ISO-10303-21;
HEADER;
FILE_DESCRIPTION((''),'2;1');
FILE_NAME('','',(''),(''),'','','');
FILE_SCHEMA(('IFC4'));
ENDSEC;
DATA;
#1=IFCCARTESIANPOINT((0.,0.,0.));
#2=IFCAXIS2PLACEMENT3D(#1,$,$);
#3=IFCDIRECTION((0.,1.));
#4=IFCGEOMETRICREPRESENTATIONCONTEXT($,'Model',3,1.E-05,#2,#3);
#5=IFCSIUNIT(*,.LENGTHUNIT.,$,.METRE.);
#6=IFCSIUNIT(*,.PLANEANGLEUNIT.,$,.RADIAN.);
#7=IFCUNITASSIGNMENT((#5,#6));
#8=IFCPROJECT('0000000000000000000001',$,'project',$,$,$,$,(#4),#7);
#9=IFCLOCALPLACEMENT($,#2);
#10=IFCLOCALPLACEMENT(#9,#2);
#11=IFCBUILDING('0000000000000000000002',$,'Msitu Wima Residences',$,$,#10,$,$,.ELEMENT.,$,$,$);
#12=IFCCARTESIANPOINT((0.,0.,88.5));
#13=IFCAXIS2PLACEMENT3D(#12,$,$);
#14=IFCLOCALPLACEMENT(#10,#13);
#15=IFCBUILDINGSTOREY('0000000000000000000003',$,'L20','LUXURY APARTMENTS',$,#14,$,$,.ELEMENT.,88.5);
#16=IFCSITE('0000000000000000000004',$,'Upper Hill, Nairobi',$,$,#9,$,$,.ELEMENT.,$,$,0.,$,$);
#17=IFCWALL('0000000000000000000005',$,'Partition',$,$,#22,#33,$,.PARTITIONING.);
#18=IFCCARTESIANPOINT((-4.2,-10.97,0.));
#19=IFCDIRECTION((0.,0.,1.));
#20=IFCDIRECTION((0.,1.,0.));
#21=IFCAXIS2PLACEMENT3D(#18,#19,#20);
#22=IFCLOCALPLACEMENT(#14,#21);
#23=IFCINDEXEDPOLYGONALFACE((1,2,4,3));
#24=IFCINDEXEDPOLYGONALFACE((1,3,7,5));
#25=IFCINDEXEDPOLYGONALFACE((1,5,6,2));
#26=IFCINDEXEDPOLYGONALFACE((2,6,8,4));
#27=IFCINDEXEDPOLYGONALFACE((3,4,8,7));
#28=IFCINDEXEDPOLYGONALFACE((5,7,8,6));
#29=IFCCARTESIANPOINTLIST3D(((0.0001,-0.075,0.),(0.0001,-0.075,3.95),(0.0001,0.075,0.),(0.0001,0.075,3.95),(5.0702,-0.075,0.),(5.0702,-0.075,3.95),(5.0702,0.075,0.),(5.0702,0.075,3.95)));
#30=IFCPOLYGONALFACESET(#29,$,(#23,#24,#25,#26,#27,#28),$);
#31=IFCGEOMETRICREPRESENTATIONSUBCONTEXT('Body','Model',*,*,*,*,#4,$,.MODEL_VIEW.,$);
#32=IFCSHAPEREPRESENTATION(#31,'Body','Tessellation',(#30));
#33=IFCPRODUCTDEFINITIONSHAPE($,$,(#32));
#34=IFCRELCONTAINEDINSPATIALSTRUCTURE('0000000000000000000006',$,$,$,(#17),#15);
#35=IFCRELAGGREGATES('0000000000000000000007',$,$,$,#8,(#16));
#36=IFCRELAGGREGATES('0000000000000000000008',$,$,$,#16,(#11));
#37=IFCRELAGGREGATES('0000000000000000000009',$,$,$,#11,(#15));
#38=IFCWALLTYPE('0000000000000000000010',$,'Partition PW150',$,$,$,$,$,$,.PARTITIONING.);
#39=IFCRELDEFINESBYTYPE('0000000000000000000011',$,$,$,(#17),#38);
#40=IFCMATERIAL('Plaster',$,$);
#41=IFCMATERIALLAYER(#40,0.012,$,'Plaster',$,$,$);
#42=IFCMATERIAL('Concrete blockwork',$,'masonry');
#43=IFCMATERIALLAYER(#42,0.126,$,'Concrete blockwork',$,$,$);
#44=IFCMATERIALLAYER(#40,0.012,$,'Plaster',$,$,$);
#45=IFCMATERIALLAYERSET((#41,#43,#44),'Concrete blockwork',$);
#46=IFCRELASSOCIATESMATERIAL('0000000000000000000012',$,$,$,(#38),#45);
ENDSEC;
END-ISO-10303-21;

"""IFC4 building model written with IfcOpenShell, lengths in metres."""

from ifc_helpers import new_model, si_unit, direction, frame, frame_2d, origin, place, context, subcontext, project, spatial, rectangle, extrude, material, layer, layer_set, type_object, element, save


model = new_model("IFC4")

# Units and contexts
model_context = context("Model", 3, precision=1e-05, world=origin(), true_north=direction((0.0, 1.0)))
body_context = subcontext(model_context, "Body", "Model", "MODEL_VIEW")
ifc_project = project(units=[si_unit("LENGTHUNIT", "METRE"), si_unit("PLANEANGLEUNIT", "RADIAN")], contexts=[model_context])

# Site, building, storey
site_placement = place(None, origin())
site = spatial("IfcSite", under=ifc_project, at=site_placement, Name="Upper Hill, Nairobi", CompositionType="ELEMENT", RefElevation=0.0)
building_placement = place(site_placement, origin())
building = spatial("IfcBuilding", under=site, at=building_placement, Name="Msitu Wima Residences", CompositionType="ELEMENT")
storey_placement = place(building_placement, frame((0.0, 0.0, 88.5)))
storey = spatial("IfcBuildingStorey", under=building, at=storey_placement, Name="L20", Description="LUXURY APARTMENTS", CompositionType="ELEMENT", Elevation=88.5)

# Wall
ifc_material_1 = material(Name="Plaster")
ifc_layer_1 = layer(ifc_material_1, 0.012, Name="Plaster")
ifc_material_2 = material(Name="Concrete blockwork", Category="masonry")
ifc_layer_2 = layer(ifc_material_2, 0.126, Name="Concrete blockwork")
ifc_layer_3 = layer(ifc_material_1, 0.012, Name="Plaster")
ifc_layer_set_1 = layer_set([ifc_layer_1, ifc_layer_2, ifc_layer_3], Name="Concrete blockwork")
wall_type_1 = type_object("IfcWallType", Name="Partition PW150", PredefinedType="PARTITIONING", material=ifc_layer_set_1)
wall_1_placement = place(storey_placement, frame((-4.2, -10.97, 0.0), z_axis=(0.0, 0.0, 1.0), x_axis=(0.0, 1.0, 0.0)))
element("IfcWall", 1, at=wall_1_placement, inside=storey, type_object=wall_type_1, Name="Partition", PredefinedType="PARTITIONING", context=body_context, shape_type="SweptSolid", body=[
    extrude(rectangle(XDim=5.0701, YDim=0.1499, at=frame_2d((2.5352, 0.0))), origin(), (0.0, 0.0, 1.0), 3.95),
])

save(model, "model.ifc")
